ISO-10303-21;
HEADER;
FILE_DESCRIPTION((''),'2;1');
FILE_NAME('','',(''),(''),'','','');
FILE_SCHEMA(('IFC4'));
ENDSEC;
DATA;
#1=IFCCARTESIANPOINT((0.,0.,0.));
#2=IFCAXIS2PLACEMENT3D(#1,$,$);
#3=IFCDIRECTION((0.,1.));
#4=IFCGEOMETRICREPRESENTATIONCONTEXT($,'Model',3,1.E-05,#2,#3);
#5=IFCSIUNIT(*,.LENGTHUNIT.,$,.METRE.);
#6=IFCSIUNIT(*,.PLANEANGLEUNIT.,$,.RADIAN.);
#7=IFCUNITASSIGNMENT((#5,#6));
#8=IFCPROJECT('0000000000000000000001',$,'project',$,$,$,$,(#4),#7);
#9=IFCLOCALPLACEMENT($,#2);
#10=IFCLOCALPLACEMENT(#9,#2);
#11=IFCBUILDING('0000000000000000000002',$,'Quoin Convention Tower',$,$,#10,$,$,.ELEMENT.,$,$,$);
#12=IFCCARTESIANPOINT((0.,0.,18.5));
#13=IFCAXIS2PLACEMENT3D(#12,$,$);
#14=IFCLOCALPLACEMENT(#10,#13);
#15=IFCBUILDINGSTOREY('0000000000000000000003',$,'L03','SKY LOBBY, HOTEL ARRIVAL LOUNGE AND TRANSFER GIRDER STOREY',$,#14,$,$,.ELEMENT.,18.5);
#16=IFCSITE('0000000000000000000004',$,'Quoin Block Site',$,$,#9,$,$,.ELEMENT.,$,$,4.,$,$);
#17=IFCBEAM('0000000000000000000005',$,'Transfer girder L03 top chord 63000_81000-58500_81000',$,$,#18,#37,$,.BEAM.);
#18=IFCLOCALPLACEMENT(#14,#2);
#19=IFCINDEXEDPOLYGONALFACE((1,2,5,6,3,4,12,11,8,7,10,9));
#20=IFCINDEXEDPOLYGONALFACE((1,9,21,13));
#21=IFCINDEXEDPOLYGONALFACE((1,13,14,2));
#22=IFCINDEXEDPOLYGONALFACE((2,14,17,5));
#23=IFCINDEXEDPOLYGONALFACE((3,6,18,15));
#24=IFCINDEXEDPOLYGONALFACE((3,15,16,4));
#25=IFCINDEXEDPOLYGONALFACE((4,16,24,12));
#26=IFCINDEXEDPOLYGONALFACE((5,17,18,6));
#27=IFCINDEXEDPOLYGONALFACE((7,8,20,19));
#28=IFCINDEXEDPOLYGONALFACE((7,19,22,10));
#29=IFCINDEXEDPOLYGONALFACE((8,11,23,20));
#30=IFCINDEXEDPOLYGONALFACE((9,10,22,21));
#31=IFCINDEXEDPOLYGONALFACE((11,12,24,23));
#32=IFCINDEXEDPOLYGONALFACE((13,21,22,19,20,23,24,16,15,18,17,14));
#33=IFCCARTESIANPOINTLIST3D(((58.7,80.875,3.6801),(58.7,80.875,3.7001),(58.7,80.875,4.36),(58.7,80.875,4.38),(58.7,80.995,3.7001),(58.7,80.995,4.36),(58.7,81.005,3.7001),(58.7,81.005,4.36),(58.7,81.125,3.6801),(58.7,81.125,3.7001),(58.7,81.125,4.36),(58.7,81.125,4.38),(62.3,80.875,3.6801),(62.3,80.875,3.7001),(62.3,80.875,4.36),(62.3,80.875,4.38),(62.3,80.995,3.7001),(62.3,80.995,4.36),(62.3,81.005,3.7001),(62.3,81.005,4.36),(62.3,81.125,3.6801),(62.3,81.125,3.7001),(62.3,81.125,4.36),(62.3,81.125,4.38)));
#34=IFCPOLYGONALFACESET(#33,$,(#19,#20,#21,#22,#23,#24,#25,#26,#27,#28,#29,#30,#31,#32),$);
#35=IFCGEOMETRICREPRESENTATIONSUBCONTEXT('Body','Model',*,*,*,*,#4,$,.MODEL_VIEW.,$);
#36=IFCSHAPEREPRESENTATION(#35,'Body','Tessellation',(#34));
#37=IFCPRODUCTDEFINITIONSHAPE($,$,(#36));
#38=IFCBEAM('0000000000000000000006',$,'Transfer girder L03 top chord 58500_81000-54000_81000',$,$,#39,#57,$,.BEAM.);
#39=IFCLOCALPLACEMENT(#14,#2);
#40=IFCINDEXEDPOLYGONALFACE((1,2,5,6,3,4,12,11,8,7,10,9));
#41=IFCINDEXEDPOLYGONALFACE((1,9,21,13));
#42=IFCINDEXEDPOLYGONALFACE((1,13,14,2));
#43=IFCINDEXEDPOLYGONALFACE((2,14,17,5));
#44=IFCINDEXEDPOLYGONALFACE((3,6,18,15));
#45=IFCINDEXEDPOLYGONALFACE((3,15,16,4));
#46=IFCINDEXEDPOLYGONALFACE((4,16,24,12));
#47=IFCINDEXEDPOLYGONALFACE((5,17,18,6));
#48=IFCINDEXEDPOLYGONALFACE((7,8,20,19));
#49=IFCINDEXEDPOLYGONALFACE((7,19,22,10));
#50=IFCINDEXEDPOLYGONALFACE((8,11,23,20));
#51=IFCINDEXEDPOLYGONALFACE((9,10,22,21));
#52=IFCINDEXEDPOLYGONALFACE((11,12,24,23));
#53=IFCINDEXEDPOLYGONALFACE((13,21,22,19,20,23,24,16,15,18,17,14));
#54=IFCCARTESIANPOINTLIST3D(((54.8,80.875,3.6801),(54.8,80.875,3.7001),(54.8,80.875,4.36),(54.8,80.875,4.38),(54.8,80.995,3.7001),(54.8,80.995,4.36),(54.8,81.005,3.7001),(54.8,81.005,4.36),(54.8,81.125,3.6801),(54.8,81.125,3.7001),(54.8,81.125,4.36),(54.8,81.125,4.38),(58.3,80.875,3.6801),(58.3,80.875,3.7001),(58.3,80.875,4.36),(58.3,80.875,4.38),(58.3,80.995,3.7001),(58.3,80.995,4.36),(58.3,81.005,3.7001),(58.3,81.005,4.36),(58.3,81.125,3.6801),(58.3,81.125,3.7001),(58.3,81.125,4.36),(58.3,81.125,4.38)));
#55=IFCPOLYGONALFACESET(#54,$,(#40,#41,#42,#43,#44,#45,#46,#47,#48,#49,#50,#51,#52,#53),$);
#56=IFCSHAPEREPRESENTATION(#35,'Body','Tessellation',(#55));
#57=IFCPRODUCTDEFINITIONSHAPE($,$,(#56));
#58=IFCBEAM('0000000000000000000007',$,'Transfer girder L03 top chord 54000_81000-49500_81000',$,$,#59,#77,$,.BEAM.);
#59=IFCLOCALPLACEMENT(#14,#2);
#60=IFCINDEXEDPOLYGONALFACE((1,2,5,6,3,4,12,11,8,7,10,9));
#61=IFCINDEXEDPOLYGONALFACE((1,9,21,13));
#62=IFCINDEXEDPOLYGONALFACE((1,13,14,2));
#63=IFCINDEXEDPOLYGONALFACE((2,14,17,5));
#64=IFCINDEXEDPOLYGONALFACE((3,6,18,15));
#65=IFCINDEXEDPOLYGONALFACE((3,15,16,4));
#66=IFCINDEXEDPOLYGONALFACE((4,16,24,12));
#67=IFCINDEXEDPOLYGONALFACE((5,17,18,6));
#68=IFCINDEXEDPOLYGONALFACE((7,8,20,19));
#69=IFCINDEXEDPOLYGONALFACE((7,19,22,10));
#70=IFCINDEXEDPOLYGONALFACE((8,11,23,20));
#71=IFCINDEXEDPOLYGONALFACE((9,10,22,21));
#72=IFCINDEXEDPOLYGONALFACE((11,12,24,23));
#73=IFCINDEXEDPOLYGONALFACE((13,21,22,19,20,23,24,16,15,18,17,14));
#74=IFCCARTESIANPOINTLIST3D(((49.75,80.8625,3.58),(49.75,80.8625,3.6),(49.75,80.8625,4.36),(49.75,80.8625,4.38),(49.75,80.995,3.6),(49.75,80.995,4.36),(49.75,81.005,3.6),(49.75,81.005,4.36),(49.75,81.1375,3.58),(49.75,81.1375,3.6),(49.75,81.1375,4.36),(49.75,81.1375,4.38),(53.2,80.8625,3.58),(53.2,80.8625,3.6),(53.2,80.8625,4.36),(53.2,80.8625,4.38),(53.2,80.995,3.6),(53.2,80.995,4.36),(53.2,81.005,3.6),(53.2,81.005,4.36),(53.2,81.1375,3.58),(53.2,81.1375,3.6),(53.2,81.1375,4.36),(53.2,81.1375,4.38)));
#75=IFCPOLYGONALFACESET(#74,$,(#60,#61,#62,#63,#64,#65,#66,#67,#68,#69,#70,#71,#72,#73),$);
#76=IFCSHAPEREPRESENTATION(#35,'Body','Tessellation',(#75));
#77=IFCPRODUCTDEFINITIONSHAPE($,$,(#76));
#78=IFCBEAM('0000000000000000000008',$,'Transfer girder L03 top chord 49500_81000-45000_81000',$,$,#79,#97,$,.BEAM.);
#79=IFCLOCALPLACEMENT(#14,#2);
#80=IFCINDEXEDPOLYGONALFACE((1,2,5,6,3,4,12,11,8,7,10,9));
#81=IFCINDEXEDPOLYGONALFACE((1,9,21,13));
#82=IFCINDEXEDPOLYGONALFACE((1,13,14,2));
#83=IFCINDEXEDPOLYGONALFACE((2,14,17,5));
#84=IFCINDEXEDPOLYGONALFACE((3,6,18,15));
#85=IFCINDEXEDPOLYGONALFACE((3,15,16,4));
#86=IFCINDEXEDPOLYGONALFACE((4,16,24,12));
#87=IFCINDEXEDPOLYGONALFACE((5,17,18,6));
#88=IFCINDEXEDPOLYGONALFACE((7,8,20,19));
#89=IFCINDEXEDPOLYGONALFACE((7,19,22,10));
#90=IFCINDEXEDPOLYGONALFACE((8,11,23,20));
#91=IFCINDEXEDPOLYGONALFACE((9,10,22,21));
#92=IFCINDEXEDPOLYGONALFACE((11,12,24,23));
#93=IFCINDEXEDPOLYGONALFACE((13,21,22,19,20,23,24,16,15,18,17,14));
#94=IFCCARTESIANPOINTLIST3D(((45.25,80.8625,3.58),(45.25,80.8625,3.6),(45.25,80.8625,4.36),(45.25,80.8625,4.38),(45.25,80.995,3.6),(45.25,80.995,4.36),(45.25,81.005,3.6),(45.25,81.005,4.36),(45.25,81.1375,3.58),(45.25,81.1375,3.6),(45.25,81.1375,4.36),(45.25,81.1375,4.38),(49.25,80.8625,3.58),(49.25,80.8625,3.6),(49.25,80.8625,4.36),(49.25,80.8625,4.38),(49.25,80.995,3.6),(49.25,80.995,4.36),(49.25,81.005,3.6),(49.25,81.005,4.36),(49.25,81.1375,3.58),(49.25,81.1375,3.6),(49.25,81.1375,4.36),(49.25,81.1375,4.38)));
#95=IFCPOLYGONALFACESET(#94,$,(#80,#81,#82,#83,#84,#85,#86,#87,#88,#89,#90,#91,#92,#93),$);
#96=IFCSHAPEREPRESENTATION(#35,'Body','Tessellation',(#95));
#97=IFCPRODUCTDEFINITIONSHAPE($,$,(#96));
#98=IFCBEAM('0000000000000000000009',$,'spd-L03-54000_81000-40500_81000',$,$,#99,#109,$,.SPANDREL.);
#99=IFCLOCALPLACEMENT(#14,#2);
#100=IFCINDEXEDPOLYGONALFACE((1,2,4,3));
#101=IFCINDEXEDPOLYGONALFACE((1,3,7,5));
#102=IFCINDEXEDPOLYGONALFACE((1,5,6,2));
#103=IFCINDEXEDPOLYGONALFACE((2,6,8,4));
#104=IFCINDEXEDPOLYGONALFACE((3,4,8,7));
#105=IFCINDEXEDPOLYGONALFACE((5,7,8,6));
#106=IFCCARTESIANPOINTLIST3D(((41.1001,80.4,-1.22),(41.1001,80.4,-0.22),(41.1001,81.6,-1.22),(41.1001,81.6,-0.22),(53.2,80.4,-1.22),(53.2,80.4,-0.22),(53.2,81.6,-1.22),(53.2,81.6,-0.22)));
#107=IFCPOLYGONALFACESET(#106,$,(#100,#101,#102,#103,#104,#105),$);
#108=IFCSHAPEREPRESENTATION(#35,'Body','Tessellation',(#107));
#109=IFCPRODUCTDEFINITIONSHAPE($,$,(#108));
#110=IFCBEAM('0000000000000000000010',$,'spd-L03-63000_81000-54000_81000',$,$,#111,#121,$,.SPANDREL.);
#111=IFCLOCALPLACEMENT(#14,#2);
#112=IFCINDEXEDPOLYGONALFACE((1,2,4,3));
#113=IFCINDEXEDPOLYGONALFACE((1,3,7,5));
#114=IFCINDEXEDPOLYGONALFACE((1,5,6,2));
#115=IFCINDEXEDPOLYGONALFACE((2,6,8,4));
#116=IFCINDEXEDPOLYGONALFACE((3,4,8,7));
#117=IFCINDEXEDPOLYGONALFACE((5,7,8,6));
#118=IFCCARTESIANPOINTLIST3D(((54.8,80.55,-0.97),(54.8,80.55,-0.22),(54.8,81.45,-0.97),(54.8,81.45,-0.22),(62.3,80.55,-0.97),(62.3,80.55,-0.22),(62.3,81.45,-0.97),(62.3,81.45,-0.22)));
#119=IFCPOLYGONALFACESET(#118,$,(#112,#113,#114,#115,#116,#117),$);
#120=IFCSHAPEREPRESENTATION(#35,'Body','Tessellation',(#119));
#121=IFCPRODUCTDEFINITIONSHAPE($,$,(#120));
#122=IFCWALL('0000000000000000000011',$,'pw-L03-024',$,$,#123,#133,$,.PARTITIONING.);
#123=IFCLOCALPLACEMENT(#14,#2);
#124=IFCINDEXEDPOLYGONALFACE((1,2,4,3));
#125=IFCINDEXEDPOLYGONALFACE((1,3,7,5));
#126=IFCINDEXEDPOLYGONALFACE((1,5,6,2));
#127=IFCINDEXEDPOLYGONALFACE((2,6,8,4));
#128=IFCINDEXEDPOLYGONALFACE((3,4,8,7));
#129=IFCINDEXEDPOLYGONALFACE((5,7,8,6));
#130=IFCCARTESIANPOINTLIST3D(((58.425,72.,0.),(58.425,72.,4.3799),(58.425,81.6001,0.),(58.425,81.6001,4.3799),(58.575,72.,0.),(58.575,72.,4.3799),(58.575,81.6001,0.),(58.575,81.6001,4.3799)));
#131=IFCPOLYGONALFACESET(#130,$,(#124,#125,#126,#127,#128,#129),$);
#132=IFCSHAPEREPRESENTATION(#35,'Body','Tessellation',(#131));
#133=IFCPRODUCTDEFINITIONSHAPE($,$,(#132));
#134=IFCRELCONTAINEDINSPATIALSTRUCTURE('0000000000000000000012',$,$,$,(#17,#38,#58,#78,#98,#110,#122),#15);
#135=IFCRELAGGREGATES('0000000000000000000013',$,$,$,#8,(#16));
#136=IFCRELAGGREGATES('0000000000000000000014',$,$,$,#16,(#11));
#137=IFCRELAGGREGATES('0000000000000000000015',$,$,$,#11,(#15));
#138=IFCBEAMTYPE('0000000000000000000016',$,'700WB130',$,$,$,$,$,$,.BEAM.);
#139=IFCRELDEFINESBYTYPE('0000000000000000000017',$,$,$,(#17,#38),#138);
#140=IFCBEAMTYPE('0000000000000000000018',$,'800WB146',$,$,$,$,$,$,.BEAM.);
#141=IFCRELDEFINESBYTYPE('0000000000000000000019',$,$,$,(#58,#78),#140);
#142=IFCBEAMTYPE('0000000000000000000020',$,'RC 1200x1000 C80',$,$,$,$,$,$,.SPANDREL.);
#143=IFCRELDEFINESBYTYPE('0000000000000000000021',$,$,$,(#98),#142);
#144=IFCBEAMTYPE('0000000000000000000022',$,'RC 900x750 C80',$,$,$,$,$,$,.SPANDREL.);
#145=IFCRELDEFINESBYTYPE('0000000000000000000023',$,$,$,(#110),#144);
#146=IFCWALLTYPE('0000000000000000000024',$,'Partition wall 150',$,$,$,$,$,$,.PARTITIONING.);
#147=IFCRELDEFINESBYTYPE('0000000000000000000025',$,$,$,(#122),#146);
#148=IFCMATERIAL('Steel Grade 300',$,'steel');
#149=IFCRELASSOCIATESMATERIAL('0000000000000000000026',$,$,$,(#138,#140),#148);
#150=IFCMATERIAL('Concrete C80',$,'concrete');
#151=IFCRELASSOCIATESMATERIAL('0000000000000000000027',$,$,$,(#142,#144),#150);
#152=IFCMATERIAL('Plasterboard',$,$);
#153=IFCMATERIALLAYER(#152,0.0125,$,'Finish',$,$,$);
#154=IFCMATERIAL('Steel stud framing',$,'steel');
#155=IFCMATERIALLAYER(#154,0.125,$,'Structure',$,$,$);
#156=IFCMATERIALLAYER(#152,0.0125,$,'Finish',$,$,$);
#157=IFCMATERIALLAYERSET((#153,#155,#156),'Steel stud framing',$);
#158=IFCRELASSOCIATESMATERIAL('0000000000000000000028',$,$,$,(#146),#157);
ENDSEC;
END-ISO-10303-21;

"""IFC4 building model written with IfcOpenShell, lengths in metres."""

from ifc_helpers import new_model, si_unit, direction, frame, frame_2d, origin, origin_2d, place, context, subcontext, project, spatial, rectangle, i_section, extrude, material, layer, layer_set, material_profile, profile_set, type_object, element, save


model = new_model("IFC4")

# Units and contexts
model_context = context("Model", 3, precision=1e-05, world=origin(), true_north=direction((0.0, 1.0)))
body_context = subcontext(model_context, "Body", "Model", "MODEL_VIEW")
ifc_project = project(units=[si_unit("LENGTHUNIT", "METRE"), si_unit("PLANEANGLEUNIT", "RADIAN")], contexts=[model_context])

# Site, building, storey
site_placement = place(None, origin())
site = spatial("IfcSite", under=ifc_project, at=site_placement, Name="Quoin Block Site", CompositionType="ELEMENT", RefElevation=4.0)
building_placement = place(site_placement, origin())
building = spatial("IfcBuilding", under=site, at=building_placement, Name="Quoin Convention Tower", CompositionType="ELEMENT")
storey_placement = place(building_placement, frame((0.0, 0.0, 18.5)))
storey = spatial("IfcBuildingStorey", under=building, at=storey_placement, Name="L03", Description="SKY LOBBY, HOTEL ARRIVAL LOUNGE AND TRANSFER GIRDER STOREY", CompositionType="ELEMENT", Elevation=18.5)

# Shared definitions
ifc_material_1 = material(Name="Concrete C80", Category="concrete")

# Shared definitions
ifc_material_2 = material(Name="Steel Grade 300", Category="steel")

# Beams
ifc_material_profile_1 = material_profile(ifc_material_2, i_section(OverallWidth=0.25, OverallDepth=0.7, WebThickness=0.01, FlangeThickness=0.02, at=origin_2d()), Name="700WB130")
ifc_profile_set_1 = profile_set([ifc_material_profile_1], Name="Steel Grade 300")
beam_type_1 = type_object("IfcBeamType", Name="700WB130", PredefinedType="BEAM", material=ifc_profile_set_1)
beam_1_placement = place(storey_placement, frame((62.3, 81.0, 4.03), z_axis=(-1.0, 0.0, 0.0), x_axis=(0.0, -1.0, 0.0)))
element("IfcBeam", 1, at=beam_1_placement, inside=storey, type_object=beam_type_1, Name="Transfer girder L03 top chord 63000_81000-58500_81000", PredefinedType="BEAM", context=body_context, shape_type="SweptSolid", body=[
    extrude(i_section(OverallWidth=0.25, OverallDepth=0.7, WebThickness=0.01, FlangeThickness=0.02, at=origin_2d()), origin(), (0.0, 0.0, 1.0), 3.6001),
])
beam_2_placement = place(storey_placement, frame((58.3, 81.0, 4.03), z_axis=(-1.0, 0.0, 0.0), x_axis=(0.0, -1.0, 0.0)))
element("IfcBeam", 2, at=beam_2_placement, inside=storey, type_object=beam_type_1, Name="Transfer girder L03 top chord 58500_81000-54000_81000", PredefinedType="BEAM", context=body_context, shape_type="SweptSolid", body=[
    extrude(i_section(OverallWidth=0.25, OverallDepth=0.7, WebThickness=0.01, FlangeThickness=0.02, at=origin_2d()), origin(), (0.0, 0.0, 1.0), 3.5),
])
ifc_material_profile_2 = material_profile(ifc_material_2, i_section(OverallWidth=0.2749, OverallDepth=0.8, WebThickness=0.01, FlangeThickness=0.02, at=origin_2d()), Name="800WB146")
ifc_profile_set_2 = profile_set([ifc_material_profile_2], Name="Steel Grade 300")
beam_type_2 = type_object("IfcBeamType", Name="800WB146", PredefinedType="BEAM", material=ifc_profile_set_2)
beam_3_placement = place(storey_placement, frame((53.2, 81.0, 3.98), z_axis=(-1.0, 0.0, 0.0), x_axis=(0.0, -1.0, 0.0)))
element("IfcBeam", 3, at=beam_3_placement, inside=storey, type_object=beam_type_2, Name="Transfer girder L03 top chord 54000_81000-49500_81000", PredefinedType="BEAM", context=body_context, shape_type="SweptSolid", body=[
    extrude(i_section(OverallWidth=0.2749, OverallDepth=0.8, WebThickness=0.01, FlangeThickness=0.02, at=origin_2d()), origin(), (0.0, 0.0, 1.0), 3.45),
])
beam_4_placement = place(storey_placement, frame((49.25, 81.0, 3.98), z_axis=(-1.0, 0.0, 0.0), x_axis=(0.0, -1.0, 0.0)))
element("IfcBeam", 4, at=beam_4_placement, inside=storey, type_object=beam_type_2, Name="Transfer girder L03 top chord 49500_81000-45000_81000", PredefinedType="BEAM", context=body_context, shape_type="SweptSolid", body=[
    extrude(i_section(OverallWidth=0.2749, OverallDepth=0.8, WebThickness=0.01, FlangeThickness=0.02, at=origin_2d()), origin(), (0.0, 0.0, 1.0), 4.0),
])
ifc_material_profile_3 = material_profile(ifc_material_1, rectangle(XDim=1.2, YDim=1.0, at=origin_2d()), Name="RC 1200x1000")
ifc_profile_set_3 = profile_set([ifc_material_profile_3], Name="Concrete C80")
beam_type_3 = type_object("IfcBeamType", Name="RC 1200x1000 C80", PredefinedType="SPANDREL", material=ifc_profile_set_3)
beam_5_placement = place(storey_placement, frame((53.2, 81.0, -0.72), z_axis=(-1.0, 0.0, 0.0), x_axis=(0.0, -1.0, 0.0)))
element("IfcBeam", 5, at=beam_5_placement, inside=storey, type_object=beam_type_3, Name="spd-L03-54000_81000-40500_81000", PredefinedType="SPANDREL", context=body_context, shape_type="SweptSolid", body=[
    extrude(rectangle(XDim=1.2, YDim=1.0, at=origin_2d()), origin(), (0.0, 0.0, 1.0), 12.0999),
])
ifc_material_profile_4 = material_profile(ifc_material_1, rectangle(XDim=0.8999, YDim=0.75, at=origin_2d()), Name="RC 900x750")
ifc_profile_set_4 = profile_set([ifc_material_profile_4], Name="Concrete C80")
beam_type_4 = type_object("IfcBeamType", Name="RC 900x750 C80", PredefinedType="SPANDREL", material=ifc_profile_set_4)
beam_6_placement = place(storey_placement, frame((62.3, 81.0, -0.595), z_axis=(-1.0, 0.0, 0.0), x_axis=(0.0, -1.0, 0.0)))
element("IfcBeam", 6, at=beam_6_placement, inside=storey, type_object=beam_type_4, Name="spd-L03-63000_81000-54000_81000", PredefinedType="SPANDREL", context=body_context, shape_type="SweptSolid", body=[
    extrude(rectangle(XDim=0.8999, YDim=0.75, at=origin_2d()), origin(), (0.0, 0.0, 1.0), 7.5),
])

# Wall
ifc_material_3 = material(Name="Plasterboard")
ifc_layer_1 = layer(ifc_material_3, 0.0125, Name="Finish")
ifc_material_4 = material(Name="Steel stud framing", Category="steel")
ifc_layer_2 = layer(ifc_material_4, 0.125, Name="Structure")
ifc_layer_3 = layer(ifc_material_3, 0.0125, Name="Finish")
ifc_layer_set = layer_set([ifc_layer_1, ifc_layer_2, ifc_layer_3], Name="Steel stud framing")
wall_type = type_object("IfcWallType", Name="Partition wall 150", PredefinedType="PARTITIONING", material=ifc_layer_set)
wall_placement = place(storey_placement, frame((58.5, 72.0, 0.0), z_axis=(0.0, 0.0, 1.0), x_axis=(0.0, 1.0, 0.0)))
element("IfcWall", 7, at=wall_placement, inside=storey, type_object=wall_type, Name="pw-L03-024", PredefinedType="PARTITIONING", context=body_context, shape_type="SweptSolid", body=[
    extrude(rectangle(XDim=9.6001, YDim=0.1499, at=frame_2d((4.8, 0.0))), origin(), (0.0, 0.0, 1.0), 4.3799),
])

save(model, "model.ifc")
